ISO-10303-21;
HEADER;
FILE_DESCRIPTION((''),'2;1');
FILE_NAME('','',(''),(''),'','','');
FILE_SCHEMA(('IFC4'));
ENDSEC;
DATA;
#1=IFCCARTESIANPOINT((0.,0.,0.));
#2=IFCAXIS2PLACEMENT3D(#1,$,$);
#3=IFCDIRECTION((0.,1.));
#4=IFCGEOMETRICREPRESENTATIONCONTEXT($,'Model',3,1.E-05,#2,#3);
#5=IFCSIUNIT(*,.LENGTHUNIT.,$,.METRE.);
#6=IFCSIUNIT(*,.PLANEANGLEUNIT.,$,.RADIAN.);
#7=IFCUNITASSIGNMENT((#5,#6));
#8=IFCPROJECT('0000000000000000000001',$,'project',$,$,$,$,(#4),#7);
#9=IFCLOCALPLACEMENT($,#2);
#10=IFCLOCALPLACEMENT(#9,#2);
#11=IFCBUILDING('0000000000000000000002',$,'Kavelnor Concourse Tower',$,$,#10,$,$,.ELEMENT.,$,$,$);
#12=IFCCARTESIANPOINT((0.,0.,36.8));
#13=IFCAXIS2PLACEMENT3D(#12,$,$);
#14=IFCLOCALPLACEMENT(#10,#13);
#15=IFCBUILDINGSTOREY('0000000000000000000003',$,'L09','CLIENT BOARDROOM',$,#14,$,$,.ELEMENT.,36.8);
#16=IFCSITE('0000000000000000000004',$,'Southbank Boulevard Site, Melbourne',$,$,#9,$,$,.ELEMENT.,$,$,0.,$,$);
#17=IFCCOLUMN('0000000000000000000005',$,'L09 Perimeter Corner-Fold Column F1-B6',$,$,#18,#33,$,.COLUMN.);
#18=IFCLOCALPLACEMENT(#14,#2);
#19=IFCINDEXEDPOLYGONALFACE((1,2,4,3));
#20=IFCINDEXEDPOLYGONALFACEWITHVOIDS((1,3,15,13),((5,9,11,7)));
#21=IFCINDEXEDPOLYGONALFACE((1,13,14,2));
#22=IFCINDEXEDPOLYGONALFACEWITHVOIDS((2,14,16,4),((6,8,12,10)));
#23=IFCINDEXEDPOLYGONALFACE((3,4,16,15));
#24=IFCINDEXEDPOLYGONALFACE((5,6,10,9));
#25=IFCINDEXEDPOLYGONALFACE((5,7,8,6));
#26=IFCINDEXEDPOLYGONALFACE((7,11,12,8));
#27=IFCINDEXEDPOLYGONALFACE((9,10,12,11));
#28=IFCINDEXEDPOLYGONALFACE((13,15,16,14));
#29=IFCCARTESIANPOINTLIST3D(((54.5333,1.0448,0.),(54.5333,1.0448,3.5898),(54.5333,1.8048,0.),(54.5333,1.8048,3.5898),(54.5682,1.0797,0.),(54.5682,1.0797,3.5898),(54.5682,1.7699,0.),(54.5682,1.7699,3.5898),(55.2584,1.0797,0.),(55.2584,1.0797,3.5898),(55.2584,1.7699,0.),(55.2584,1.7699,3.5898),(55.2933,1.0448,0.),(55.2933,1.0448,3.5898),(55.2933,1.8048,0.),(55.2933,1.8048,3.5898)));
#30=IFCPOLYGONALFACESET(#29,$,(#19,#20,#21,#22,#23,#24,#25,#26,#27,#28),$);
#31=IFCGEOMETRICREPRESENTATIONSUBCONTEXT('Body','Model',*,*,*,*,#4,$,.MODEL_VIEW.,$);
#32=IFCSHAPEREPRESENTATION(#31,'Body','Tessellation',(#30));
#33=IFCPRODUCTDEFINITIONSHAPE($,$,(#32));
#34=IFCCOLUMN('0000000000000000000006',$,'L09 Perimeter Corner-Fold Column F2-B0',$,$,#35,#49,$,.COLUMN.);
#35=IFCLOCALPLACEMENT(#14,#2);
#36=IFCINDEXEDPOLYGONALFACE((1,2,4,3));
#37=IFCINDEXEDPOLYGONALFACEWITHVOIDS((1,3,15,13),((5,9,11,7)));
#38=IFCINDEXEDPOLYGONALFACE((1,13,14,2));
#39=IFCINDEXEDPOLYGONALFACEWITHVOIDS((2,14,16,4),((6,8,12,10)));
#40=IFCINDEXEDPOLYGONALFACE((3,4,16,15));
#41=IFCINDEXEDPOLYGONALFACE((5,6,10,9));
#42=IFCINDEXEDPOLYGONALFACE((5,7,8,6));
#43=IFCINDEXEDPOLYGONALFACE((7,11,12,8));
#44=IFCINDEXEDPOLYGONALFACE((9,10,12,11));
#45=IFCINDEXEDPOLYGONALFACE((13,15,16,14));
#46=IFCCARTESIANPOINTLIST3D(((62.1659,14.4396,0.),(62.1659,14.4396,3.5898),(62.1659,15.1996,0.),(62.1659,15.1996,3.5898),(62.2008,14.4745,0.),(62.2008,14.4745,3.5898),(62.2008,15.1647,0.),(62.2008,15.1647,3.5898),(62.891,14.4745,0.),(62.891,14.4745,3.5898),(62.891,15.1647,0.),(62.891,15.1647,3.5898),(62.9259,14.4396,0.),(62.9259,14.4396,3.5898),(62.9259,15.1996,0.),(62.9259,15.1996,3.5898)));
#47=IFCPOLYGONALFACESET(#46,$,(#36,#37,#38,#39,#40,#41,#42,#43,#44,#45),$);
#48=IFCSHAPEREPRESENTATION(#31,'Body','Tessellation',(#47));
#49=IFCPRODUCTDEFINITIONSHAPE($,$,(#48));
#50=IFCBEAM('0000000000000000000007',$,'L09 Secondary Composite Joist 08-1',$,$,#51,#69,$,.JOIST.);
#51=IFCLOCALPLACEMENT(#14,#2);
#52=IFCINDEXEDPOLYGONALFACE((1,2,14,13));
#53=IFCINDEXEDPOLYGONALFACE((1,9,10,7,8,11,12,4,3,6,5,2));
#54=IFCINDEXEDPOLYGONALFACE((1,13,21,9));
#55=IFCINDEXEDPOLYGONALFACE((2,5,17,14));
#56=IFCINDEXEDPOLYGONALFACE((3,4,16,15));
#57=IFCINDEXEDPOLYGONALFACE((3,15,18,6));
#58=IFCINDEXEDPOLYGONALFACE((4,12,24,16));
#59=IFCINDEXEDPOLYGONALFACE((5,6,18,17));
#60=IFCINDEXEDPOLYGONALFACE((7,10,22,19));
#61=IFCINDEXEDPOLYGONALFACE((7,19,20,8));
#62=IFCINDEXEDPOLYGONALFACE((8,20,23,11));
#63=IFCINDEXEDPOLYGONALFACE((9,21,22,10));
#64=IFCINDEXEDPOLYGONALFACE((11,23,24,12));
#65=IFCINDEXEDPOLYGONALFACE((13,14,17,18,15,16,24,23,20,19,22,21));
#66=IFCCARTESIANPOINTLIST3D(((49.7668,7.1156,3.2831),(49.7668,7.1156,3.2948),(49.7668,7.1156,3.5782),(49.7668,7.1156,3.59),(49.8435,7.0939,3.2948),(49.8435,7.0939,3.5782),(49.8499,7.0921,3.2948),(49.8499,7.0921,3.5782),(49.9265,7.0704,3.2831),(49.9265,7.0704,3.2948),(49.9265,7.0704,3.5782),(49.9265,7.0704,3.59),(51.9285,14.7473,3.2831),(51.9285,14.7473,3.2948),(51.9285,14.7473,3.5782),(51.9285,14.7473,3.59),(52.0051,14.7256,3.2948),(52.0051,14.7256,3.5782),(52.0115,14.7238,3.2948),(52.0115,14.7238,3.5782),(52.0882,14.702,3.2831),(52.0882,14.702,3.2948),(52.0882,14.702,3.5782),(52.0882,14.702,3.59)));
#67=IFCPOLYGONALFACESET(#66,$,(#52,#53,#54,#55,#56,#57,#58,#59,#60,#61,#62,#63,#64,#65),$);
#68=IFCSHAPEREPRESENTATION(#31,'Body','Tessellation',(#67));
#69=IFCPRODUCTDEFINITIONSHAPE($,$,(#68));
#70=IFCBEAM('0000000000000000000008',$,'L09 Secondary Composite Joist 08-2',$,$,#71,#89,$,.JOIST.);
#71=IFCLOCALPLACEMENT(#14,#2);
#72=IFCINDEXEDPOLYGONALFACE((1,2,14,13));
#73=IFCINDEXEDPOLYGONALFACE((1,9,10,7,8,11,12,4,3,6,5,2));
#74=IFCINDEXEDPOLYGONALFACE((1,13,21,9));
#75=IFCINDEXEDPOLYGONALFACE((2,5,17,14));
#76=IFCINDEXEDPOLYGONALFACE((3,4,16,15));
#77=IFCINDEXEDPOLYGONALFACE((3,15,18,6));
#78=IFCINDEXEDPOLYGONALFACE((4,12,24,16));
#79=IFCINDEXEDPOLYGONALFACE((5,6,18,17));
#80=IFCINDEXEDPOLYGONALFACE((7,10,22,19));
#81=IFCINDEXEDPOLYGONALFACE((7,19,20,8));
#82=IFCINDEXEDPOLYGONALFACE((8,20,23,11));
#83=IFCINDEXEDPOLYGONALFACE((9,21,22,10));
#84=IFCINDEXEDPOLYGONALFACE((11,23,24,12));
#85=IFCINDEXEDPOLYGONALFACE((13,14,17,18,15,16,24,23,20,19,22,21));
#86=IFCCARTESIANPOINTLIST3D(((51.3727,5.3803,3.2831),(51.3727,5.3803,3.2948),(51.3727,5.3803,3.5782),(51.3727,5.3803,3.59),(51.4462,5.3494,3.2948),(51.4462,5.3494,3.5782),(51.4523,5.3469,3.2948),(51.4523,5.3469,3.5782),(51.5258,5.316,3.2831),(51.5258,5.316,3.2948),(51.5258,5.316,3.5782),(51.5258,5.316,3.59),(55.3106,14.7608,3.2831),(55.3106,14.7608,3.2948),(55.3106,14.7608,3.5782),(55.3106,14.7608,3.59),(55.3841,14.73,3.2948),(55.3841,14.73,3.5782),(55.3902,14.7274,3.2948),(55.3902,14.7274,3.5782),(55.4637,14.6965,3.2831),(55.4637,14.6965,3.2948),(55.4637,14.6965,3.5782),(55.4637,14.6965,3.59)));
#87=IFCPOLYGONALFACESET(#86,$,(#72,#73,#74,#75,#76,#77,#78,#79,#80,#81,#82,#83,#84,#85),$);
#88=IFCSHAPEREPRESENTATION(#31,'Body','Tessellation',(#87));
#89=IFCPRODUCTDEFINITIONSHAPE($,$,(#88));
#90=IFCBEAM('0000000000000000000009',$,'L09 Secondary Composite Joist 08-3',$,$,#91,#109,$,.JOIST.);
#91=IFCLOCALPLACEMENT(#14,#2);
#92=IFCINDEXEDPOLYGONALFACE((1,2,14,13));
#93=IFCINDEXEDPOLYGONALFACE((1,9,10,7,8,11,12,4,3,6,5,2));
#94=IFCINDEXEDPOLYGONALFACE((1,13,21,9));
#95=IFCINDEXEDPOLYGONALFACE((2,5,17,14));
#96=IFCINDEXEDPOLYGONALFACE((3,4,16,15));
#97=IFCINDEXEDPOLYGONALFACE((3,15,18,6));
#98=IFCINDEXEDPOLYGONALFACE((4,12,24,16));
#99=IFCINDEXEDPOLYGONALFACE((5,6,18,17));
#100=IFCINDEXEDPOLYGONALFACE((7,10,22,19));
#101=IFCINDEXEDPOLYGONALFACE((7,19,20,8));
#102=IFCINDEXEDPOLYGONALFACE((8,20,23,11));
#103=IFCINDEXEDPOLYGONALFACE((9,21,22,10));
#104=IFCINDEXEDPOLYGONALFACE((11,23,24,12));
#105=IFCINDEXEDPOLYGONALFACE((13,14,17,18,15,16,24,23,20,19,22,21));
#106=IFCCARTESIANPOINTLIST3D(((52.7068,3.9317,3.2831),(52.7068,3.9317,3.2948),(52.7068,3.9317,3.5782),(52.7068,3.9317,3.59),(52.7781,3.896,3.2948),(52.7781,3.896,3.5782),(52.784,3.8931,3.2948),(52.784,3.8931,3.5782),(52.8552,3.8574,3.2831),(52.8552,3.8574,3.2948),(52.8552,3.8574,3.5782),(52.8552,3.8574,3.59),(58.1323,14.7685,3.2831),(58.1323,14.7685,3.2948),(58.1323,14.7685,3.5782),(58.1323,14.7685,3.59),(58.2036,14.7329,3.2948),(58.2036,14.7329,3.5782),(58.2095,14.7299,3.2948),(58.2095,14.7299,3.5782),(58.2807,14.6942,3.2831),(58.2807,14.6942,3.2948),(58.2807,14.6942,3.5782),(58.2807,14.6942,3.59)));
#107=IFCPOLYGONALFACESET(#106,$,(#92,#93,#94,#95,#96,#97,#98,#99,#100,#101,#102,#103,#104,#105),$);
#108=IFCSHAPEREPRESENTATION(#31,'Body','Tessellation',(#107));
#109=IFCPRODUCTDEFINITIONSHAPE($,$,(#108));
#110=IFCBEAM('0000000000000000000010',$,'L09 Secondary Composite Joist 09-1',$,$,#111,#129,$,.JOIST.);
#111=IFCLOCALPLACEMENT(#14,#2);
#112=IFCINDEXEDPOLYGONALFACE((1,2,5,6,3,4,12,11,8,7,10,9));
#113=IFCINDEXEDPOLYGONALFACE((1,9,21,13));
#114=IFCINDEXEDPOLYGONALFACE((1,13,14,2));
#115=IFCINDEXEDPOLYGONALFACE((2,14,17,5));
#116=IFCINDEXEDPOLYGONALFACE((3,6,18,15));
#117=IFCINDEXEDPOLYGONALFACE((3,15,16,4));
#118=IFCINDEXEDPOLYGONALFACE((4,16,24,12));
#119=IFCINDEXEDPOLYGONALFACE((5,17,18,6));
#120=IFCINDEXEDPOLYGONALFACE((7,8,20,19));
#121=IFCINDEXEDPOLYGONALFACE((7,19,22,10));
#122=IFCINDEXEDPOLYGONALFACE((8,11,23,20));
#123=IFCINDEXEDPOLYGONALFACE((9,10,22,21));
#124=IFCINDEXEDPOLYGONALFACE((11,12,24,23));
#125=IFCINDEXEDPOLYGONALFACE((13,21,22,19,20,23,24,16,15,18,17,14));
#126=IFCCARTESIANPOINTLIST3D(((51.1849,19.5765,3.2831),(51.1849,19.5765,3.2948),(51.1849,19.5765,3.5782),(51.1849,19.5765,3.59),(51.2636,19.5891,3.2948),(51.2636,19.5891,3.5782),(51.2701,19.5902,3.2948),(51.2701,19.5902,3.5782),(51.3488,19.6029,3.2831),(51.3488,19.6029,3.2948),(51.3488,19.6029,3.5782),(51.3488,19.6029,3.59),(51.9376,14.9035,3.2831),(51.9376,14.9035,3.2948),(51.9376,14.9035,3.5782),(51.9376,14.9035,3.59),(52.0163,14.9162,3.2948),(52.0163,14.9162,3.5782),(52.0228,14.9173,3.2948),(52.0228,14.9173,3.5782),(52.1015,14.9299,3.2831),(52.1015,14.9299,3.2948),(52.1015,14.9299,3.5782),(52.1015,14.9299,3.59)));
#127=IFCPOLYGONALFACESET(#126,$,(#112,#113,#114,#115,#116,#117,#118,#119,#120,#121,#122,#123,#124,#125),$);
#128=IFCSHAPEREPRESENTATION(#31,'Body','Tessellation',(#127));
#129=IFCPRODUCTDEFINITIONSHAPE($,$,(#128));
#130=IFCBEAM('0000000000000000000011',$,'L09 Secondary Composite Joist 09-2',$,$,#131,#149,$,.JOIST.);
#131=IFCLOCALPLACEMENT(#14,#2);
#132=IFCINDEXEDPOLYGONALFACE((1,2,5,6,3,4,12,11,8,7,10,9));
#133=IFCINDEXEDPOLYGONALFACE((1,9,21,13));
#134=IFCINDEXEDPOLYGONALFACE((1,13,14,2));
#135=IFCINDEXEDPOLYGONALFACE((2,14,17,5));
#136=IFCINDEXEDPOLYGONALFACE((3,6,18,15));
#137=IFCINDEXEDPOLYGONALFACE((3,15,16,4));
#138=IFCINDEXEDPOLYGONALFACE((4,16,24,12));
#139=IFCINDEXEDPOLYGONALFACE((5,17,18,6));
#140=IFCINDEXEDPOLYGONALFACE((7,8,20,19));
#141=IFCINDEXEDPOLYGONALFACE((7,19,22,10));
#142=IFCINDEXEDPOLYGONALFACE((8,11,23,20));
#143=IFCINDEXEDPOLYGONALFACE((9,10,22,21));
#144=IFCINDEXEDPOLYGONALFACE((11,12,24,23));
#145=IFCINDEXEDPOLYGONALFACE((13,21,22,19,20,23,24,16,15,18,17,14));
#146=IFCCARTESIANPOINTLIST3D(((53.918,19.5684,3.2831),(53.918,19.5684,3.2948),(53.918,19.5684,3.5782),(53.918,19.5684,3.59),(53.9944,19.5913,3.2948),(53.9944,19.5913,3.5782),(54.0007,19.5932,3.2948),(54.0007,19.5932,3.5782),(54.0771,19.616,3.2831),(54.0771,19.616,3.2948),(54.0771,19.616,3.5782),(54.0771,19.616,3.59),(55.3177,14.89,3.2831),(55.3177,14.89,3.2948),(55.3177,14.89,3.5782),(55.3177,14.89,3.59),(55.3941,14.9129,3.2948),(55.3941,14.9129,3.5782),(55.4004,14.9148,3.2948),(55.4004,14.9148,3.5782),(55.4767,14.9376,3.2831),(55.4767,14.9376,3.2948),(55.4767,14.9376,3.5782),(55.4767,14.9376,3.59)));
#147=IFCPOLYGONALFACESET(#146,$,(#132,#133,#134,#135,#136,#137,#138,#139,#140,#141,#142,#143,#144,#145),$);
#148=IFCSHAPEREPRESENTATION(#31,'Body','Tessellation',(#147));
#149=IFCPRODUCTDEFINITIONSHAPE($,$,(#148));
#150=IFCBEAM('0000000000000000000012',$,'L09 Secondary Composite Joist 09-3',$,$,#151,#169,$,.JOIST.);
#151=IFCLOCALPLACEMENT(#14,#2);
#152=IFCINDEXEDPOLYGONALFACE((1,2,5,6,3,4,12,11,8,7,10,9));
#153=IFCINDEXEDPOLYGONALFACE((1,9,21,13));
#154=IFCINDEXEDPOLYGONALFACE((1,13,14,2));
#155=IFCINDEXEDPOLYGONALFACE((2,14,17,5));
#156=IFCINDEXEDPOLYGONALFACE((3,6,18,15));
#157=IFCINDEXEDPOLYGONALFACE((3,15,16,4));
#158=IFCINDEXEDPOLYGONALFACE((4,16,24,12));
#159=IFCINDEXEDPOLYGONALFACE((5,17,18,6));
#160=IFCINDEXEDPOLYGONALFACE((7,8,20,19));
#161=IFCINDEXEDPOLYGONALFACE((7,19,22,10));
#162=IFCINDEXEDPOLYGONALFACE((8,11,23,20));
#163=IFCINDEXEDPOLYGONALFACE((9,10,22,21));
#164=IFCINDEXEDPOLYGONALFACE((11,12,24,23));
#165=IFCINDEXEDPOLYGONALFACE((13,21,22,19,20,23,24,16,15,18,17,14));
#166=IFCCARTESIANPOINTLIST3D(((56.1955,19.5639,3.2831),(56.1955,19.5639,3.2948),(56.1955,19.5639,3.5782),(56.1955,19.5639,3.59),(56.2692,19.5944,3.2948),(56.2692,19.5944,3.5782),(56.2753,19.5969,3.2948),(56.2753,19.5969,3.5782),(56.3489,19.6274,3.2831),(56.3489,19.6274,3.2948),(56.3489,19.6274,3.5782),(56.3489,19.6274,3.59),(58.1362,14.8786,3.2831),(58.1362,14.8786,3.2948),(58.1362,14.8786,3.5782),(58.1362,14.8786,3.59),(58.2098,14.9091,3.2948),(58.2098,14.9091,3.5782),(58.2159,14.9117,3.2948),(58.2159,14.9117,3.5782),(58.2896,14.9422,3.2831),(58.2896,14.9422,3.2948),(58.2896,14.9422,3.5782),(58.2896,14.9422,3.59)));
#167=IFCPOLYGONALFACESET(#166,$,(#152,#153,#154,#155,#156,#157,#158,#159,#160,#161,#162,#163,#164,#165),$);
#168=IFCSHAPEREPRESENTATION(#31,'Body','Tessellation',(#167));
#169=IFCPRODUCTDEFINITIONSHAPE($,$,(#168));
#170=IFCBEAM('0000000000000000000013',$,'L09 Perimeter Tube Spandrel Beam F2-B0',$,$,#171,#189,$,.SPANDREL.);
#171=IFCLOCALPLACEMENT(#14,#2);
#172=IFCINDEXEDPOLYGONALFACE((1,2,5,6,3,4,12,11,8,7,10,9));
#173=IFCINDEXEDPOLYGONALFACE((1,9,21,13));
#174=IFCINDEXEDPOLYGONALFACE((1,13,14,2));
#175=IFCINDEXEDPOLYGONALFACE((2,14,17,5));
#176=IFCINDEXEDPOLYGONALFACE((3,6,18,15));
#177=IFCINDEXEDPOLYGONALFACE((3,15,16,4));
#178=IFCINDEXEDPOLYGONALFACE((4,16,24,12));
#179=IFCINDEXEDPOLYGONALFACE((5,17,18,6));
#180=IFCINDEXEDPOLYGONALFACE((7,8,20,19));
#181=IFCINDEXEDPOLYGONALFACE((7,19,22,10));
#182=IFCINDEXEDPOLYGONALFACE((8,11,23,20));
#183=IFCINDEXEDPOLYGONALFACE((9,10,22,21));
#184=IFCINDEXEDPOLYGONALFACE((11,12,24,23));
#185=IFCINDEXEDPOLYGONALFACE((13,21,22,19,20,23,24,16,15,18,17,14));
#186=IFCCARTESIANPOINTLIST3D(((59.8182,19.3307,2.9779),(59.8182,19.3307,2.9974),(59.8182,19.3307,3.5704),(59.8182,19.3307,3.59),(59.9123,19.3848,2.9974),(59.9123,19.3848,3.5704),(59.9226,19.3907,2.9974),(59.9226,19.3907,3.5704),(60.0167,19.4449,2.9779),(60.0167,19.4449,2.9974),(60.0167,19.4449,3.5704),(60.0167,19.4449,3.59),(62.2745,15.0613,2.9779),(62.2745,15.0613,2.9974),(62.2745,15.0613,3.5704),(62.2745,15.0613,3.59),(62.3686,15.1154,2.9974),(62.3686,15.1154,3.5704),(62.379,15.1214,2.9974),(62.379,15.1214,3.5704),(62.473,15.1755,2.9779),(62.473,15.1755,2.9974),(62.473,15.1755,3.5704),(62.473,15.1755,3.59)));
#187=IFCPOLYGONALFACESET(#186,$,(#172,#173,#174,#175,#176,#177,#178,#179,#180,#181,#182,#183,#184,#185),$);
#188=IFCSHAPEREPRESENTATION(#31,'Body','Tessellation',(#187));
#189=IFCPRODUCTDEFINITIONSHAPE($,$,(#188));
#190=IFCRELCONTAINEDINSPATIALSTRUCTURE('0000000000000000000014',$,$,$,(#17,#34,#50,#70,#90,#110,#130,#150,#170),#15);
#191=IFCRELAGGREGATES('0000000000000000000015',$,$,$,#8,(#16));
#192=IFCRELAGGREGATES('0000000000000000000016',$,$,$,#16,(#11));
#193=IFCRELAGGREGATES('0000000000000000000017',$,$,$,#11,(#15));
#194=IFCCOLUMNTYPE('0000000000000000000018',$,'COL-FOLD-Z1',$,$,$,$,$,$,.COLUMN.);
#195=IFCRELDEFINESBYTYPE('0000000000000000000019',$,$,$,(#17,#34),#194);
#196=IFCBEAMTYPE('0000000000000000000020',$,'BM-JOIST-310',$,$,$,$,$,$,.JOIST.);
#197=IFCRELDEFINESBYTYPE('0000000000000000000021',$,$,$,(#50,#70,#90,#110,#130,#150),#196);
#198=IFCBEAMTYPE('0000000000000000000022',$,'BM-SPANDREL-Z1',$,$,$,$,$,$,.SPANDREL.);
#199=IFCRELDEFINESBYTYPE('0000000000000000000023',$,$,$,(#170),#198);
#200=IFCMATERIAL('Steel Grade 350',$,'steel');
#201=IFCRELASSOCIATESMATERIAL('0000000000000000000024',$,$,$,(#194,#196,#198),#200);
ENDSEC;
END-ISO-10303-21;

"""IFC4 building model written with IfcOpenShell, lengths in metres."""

from ifc_helpers import new_model, si_unit, direction, frame, origin, origin_2d, place, context, subcontext, project, spatial, hollow_rectangle, i_section, extrude, material, material_profile, profile_set, type_object, element, save


model = new_model("IFC4")

# Units and contexts
model_context = context("Model", 3, precision=1e-05, world=origin(), true_north=direction((0.0, 1.0)))
body_context = subcontext(model_context, "Body", "Model", "MODEL_VIEW")
ifc_project = project(units=[si_unit("LENGTHUNIT", "METRE"), si_unit("PLANEANGLEUNIT", "RADIAN")], contexts=[model_context])

# Site, building, storey
site_placement = place(None, origin())
site = spatial("IfcSite", under=ifc_project, at=site_placement, Name="Southbank Boulevard Site, Melbourne", CompositionType="ELEMENT", RefElevation=0.0)
building_placement = place(site_placement, origin())
building = spatial("IfcBuilding", under=site, at=building_placement, Name="Kavelnor Concourse Tower", CompositionType="ELEMENT")
storey_placement = place(building_placement, frame((0.0, 0.0, 36.8)))
storey = spatial("IfcBuildingStorey", under=building, at=storey_placement, Name="L09", Description="CLIENT BOARDROOM", CompositionType="ELEMENT", Elevation=36.8)

# Columns
ifc_material_1 = material(Name="Steel Grade 350", Category="steel")
ifc_material_profile_1 = material_profile(ifc_material_1, hollow_rectangle(XDim=0.76, YDim=0.76, WallThickness=0.0349, at=origin_2d()), Name="SHS 760x760x35")
ifc_profile_set_1 = profile_set([ifc_material_profile_1], Name="Steel Grade 350")
column_type = type_object("IfcColumnType", Name="COL-FOLD-Z1", PredefinedType="COLUMN", material=ifc_profile_set_1)
for number, where, z_axis, x_axis, name in (
    (1, (54.9133, 1.4248, 0.0), (0.0, 0.0, 1.0), (1.0, 0.0, 0.0), "L09 Perimeter Corner-Fold Column F1-B6"),
    (2, (62.5459, 14.8196, 0.0), (0.0, 0.0, 1.0), (1.0, 0.0, 0.0), "L09 Perimeter Corner-Fold Column F2-B0"),
):
    element("IfcColumn", number, at=place(storey_placement, frame(where, z_axis=z_axis, x_axis=x_axis)), inside=storey, type_object=column_type, Name=name, PredefinedType="COLUMN", context=body_context, shape_type="SweptSolid", body=[
        extrude(hollow_rectangle(XDim=0.76, YDim=0.76, WallThickness=0.0349, at=origin_2d()), origin(), (0.0, 0.0, 1.0), 3.5898),
    ])

# Beams
ifc_material_profile_2 = material_profile(ifc_material_1, i_section(OverallWidth=0.166, OverallDepth=0.3069, WebThickness=0.0066, FlangeThickness=0.0117, at=origin_2d()), Name="310UB46")
ifc_profile_set_2 = profile_set([ifc_material_profile_2], Name="Steel Grade 350")
beam_type_1 = type_object("IfcBeamType", Name="BM-JOIST-310", PredefinedType="JOIST", material=ifc_profile_set_2)
beam_1_placement = place(storey_placement, frame((49.8467, 7.093, 3.4365), z_axis=(0.272525, 0.962149, 0.0), x_axis=(-0.962149, 0.272525, 0.0)))
element("IfcBeam", 3, at=beam_1_placement, inside=storey, type_object=beam_type_1, Name="L09 Secondary Composite Joist 08-1", PredefinedType="JOIST", context=body_context, shape_type="SweptSolid", body=[
    extrude(i_section(OverallWidth=0.166, OverallDepth=0.3069, WebThickness=0.0066, FlangeThickness=0.0117, at=origin_2d()), origin(), (0.0, 0.0, 1.0), 7.9319),
])
beam_2_placement = place(storey_placement, frame((51.4492, 5.3481, 3.4365), z_axis=(0.387076, 0.922048, 0.0), x_axis=(-0.922048, 0.387076, 0.0)))
element("IfcBeam", 4, at=beam_2_placement, inside=storey, type_object=beam_type_1, Name="L09 Secondary Composite Joist 08-2", PredefinedType="JOIST", context=body_context, shape_type="SweptSolid", body=[
    extrude(i_section(OverallWidth=0.166, OverallDepth=0.3069, WebThickness=0.0066, FlangeThickness=0.0117, at=origin_2d()), origin(), (0.0, 0.0, 1.0), 10.1736),
])
beam_3_placement = place(storey_placement, frame((52.781, 3.8945, 3.4365), z_axis=(0.447681, 0.894193, 0.0), x_axis=(-0.894193, 0.447681, 0.0)))
element("IfcBeam", 5, at=beam_3_placement, inside=storey, type_object=beam_type_1, Name="L09 Secondary Composite Joist 08-3", PredefinedType="JOIST", context=body_context, shape_type="SweptSolid", body=[
    extrude(i_section(OverallWidth=0.166, OverallDepth=0.3069, WebThickness=0.0066, FlangeThickness=0.0117, at=origin_2d()), origin(), (0.0, 0.0, 1.0), 12.1191),
])
beam_4_placement = place(storey_placement, frame((52.0195, 14.9167, 3.4365), z_axis=(-0.159026, 0.987274, 0.0), x_axis=(-0.987274, -0.159026, 0.0)))
element("IfcBeam", 6, at=beam_4_placement, inside=storey, type_object=beam_type_1, Name="L09 Secondary Composite Joist 09-1", PredefinedType="JOIST", context=body_context, shape_type="SweptSolid", body=[
    extrude(i_section(OverallWidth=0.166, OverallDepth=0.3069, WebThickness=0.0066, FlangeThickness=0.0117, at=origin_2d()), origin(), (0.0, 0.0, 1.0), 4.7332),
])
beam_5_placement = place(storey_placement, frame((55.3972, 14.9138, 3.4365), z_axis=(-0.286619, 0.958045, 0.0), x_axis=(-0.958045, -0.286619, 0.0)))
element("IfcBeam", 7, at=beam_5_placement, inside=storey, type_object=beam_type_1, Name="L09 Secondary Composite Joist 09-2", PredefinedType="JOIST", context=body_context, shape_type="SweptSolid", body=[
    extrude(i_section(OverallWidth=0.166, OverallDepth=0.3069, WebThickness=0.0066, FlangeThickness=0.0117, at=origin_2d()), origin(), (0.0, 0.0, 1.0), 4.8833),
])
beam_6_placement = place(storey_placement, frame((58.2129, 14.9104, 3.4365), z_axis=(-0.382676, 0.923882, 0.0), x_axis=(-0.923882, -0.382676, 0.0)))
element("IfcBeam", 8, at=beam_6_placement, inside=storey, type_object=beam_type_1, Name="L09 Secondary Composite Joist 09-3", PredefinedType="JOIST", context=body_context, shape_type="SweptSolid", body=[
    extrude(i_section(OverallWidth=0.166, OverallDepth=0.3069, WebThickness=0.0066, FlangeThickness=0.0117, at=origin_2d()), origin(), (0.0, 0.0, 1.0), 5.0713),
])
ifc_material_profile_3 = material_profile(ifc_material_1, i_section(OverallWidth=0.229, OverallDepth=0.6121, WebThickness=0.012, FlangeThickness=0.0195, at=origin_2d()), Name="610UB125")
ifc_profile_set_3 = profile_set([ifc_material_profile_3], Name="Steel Grade 350")
beam_type_2 = type_object("IfcBeamType", Name="BM-SPANDREL-Z1", PredefinedType="SPANDREL", material=ifc_profile_set_3)
beam_7_placement = place(storey_placement, frame((62.3738, 15.1184, 3.2839), z_axis=(-0.498694, 0.866778, 0.0), x_axis=(-0.866778, -0.498694, 0.0)))
element("IfcBeam", 9, at=beam_7_placement, inside=storey, type_object=beam_type_2, Name="L09 Perimeter Tube Spandrel Beam F2-B0", PredefinedType="SPANDREL", context=body_context, shape_type="SweptSolid", body=[
    extrude(i_section(OverallWidth=0.229, OverallDepth=0.6121, WebThickness=0.012, FlangeThickness=0.0195, at=origin_2d()), origin(), (0.0, 0.0, 1.0), 4.9255),
])

save(model, "model.ifc")
